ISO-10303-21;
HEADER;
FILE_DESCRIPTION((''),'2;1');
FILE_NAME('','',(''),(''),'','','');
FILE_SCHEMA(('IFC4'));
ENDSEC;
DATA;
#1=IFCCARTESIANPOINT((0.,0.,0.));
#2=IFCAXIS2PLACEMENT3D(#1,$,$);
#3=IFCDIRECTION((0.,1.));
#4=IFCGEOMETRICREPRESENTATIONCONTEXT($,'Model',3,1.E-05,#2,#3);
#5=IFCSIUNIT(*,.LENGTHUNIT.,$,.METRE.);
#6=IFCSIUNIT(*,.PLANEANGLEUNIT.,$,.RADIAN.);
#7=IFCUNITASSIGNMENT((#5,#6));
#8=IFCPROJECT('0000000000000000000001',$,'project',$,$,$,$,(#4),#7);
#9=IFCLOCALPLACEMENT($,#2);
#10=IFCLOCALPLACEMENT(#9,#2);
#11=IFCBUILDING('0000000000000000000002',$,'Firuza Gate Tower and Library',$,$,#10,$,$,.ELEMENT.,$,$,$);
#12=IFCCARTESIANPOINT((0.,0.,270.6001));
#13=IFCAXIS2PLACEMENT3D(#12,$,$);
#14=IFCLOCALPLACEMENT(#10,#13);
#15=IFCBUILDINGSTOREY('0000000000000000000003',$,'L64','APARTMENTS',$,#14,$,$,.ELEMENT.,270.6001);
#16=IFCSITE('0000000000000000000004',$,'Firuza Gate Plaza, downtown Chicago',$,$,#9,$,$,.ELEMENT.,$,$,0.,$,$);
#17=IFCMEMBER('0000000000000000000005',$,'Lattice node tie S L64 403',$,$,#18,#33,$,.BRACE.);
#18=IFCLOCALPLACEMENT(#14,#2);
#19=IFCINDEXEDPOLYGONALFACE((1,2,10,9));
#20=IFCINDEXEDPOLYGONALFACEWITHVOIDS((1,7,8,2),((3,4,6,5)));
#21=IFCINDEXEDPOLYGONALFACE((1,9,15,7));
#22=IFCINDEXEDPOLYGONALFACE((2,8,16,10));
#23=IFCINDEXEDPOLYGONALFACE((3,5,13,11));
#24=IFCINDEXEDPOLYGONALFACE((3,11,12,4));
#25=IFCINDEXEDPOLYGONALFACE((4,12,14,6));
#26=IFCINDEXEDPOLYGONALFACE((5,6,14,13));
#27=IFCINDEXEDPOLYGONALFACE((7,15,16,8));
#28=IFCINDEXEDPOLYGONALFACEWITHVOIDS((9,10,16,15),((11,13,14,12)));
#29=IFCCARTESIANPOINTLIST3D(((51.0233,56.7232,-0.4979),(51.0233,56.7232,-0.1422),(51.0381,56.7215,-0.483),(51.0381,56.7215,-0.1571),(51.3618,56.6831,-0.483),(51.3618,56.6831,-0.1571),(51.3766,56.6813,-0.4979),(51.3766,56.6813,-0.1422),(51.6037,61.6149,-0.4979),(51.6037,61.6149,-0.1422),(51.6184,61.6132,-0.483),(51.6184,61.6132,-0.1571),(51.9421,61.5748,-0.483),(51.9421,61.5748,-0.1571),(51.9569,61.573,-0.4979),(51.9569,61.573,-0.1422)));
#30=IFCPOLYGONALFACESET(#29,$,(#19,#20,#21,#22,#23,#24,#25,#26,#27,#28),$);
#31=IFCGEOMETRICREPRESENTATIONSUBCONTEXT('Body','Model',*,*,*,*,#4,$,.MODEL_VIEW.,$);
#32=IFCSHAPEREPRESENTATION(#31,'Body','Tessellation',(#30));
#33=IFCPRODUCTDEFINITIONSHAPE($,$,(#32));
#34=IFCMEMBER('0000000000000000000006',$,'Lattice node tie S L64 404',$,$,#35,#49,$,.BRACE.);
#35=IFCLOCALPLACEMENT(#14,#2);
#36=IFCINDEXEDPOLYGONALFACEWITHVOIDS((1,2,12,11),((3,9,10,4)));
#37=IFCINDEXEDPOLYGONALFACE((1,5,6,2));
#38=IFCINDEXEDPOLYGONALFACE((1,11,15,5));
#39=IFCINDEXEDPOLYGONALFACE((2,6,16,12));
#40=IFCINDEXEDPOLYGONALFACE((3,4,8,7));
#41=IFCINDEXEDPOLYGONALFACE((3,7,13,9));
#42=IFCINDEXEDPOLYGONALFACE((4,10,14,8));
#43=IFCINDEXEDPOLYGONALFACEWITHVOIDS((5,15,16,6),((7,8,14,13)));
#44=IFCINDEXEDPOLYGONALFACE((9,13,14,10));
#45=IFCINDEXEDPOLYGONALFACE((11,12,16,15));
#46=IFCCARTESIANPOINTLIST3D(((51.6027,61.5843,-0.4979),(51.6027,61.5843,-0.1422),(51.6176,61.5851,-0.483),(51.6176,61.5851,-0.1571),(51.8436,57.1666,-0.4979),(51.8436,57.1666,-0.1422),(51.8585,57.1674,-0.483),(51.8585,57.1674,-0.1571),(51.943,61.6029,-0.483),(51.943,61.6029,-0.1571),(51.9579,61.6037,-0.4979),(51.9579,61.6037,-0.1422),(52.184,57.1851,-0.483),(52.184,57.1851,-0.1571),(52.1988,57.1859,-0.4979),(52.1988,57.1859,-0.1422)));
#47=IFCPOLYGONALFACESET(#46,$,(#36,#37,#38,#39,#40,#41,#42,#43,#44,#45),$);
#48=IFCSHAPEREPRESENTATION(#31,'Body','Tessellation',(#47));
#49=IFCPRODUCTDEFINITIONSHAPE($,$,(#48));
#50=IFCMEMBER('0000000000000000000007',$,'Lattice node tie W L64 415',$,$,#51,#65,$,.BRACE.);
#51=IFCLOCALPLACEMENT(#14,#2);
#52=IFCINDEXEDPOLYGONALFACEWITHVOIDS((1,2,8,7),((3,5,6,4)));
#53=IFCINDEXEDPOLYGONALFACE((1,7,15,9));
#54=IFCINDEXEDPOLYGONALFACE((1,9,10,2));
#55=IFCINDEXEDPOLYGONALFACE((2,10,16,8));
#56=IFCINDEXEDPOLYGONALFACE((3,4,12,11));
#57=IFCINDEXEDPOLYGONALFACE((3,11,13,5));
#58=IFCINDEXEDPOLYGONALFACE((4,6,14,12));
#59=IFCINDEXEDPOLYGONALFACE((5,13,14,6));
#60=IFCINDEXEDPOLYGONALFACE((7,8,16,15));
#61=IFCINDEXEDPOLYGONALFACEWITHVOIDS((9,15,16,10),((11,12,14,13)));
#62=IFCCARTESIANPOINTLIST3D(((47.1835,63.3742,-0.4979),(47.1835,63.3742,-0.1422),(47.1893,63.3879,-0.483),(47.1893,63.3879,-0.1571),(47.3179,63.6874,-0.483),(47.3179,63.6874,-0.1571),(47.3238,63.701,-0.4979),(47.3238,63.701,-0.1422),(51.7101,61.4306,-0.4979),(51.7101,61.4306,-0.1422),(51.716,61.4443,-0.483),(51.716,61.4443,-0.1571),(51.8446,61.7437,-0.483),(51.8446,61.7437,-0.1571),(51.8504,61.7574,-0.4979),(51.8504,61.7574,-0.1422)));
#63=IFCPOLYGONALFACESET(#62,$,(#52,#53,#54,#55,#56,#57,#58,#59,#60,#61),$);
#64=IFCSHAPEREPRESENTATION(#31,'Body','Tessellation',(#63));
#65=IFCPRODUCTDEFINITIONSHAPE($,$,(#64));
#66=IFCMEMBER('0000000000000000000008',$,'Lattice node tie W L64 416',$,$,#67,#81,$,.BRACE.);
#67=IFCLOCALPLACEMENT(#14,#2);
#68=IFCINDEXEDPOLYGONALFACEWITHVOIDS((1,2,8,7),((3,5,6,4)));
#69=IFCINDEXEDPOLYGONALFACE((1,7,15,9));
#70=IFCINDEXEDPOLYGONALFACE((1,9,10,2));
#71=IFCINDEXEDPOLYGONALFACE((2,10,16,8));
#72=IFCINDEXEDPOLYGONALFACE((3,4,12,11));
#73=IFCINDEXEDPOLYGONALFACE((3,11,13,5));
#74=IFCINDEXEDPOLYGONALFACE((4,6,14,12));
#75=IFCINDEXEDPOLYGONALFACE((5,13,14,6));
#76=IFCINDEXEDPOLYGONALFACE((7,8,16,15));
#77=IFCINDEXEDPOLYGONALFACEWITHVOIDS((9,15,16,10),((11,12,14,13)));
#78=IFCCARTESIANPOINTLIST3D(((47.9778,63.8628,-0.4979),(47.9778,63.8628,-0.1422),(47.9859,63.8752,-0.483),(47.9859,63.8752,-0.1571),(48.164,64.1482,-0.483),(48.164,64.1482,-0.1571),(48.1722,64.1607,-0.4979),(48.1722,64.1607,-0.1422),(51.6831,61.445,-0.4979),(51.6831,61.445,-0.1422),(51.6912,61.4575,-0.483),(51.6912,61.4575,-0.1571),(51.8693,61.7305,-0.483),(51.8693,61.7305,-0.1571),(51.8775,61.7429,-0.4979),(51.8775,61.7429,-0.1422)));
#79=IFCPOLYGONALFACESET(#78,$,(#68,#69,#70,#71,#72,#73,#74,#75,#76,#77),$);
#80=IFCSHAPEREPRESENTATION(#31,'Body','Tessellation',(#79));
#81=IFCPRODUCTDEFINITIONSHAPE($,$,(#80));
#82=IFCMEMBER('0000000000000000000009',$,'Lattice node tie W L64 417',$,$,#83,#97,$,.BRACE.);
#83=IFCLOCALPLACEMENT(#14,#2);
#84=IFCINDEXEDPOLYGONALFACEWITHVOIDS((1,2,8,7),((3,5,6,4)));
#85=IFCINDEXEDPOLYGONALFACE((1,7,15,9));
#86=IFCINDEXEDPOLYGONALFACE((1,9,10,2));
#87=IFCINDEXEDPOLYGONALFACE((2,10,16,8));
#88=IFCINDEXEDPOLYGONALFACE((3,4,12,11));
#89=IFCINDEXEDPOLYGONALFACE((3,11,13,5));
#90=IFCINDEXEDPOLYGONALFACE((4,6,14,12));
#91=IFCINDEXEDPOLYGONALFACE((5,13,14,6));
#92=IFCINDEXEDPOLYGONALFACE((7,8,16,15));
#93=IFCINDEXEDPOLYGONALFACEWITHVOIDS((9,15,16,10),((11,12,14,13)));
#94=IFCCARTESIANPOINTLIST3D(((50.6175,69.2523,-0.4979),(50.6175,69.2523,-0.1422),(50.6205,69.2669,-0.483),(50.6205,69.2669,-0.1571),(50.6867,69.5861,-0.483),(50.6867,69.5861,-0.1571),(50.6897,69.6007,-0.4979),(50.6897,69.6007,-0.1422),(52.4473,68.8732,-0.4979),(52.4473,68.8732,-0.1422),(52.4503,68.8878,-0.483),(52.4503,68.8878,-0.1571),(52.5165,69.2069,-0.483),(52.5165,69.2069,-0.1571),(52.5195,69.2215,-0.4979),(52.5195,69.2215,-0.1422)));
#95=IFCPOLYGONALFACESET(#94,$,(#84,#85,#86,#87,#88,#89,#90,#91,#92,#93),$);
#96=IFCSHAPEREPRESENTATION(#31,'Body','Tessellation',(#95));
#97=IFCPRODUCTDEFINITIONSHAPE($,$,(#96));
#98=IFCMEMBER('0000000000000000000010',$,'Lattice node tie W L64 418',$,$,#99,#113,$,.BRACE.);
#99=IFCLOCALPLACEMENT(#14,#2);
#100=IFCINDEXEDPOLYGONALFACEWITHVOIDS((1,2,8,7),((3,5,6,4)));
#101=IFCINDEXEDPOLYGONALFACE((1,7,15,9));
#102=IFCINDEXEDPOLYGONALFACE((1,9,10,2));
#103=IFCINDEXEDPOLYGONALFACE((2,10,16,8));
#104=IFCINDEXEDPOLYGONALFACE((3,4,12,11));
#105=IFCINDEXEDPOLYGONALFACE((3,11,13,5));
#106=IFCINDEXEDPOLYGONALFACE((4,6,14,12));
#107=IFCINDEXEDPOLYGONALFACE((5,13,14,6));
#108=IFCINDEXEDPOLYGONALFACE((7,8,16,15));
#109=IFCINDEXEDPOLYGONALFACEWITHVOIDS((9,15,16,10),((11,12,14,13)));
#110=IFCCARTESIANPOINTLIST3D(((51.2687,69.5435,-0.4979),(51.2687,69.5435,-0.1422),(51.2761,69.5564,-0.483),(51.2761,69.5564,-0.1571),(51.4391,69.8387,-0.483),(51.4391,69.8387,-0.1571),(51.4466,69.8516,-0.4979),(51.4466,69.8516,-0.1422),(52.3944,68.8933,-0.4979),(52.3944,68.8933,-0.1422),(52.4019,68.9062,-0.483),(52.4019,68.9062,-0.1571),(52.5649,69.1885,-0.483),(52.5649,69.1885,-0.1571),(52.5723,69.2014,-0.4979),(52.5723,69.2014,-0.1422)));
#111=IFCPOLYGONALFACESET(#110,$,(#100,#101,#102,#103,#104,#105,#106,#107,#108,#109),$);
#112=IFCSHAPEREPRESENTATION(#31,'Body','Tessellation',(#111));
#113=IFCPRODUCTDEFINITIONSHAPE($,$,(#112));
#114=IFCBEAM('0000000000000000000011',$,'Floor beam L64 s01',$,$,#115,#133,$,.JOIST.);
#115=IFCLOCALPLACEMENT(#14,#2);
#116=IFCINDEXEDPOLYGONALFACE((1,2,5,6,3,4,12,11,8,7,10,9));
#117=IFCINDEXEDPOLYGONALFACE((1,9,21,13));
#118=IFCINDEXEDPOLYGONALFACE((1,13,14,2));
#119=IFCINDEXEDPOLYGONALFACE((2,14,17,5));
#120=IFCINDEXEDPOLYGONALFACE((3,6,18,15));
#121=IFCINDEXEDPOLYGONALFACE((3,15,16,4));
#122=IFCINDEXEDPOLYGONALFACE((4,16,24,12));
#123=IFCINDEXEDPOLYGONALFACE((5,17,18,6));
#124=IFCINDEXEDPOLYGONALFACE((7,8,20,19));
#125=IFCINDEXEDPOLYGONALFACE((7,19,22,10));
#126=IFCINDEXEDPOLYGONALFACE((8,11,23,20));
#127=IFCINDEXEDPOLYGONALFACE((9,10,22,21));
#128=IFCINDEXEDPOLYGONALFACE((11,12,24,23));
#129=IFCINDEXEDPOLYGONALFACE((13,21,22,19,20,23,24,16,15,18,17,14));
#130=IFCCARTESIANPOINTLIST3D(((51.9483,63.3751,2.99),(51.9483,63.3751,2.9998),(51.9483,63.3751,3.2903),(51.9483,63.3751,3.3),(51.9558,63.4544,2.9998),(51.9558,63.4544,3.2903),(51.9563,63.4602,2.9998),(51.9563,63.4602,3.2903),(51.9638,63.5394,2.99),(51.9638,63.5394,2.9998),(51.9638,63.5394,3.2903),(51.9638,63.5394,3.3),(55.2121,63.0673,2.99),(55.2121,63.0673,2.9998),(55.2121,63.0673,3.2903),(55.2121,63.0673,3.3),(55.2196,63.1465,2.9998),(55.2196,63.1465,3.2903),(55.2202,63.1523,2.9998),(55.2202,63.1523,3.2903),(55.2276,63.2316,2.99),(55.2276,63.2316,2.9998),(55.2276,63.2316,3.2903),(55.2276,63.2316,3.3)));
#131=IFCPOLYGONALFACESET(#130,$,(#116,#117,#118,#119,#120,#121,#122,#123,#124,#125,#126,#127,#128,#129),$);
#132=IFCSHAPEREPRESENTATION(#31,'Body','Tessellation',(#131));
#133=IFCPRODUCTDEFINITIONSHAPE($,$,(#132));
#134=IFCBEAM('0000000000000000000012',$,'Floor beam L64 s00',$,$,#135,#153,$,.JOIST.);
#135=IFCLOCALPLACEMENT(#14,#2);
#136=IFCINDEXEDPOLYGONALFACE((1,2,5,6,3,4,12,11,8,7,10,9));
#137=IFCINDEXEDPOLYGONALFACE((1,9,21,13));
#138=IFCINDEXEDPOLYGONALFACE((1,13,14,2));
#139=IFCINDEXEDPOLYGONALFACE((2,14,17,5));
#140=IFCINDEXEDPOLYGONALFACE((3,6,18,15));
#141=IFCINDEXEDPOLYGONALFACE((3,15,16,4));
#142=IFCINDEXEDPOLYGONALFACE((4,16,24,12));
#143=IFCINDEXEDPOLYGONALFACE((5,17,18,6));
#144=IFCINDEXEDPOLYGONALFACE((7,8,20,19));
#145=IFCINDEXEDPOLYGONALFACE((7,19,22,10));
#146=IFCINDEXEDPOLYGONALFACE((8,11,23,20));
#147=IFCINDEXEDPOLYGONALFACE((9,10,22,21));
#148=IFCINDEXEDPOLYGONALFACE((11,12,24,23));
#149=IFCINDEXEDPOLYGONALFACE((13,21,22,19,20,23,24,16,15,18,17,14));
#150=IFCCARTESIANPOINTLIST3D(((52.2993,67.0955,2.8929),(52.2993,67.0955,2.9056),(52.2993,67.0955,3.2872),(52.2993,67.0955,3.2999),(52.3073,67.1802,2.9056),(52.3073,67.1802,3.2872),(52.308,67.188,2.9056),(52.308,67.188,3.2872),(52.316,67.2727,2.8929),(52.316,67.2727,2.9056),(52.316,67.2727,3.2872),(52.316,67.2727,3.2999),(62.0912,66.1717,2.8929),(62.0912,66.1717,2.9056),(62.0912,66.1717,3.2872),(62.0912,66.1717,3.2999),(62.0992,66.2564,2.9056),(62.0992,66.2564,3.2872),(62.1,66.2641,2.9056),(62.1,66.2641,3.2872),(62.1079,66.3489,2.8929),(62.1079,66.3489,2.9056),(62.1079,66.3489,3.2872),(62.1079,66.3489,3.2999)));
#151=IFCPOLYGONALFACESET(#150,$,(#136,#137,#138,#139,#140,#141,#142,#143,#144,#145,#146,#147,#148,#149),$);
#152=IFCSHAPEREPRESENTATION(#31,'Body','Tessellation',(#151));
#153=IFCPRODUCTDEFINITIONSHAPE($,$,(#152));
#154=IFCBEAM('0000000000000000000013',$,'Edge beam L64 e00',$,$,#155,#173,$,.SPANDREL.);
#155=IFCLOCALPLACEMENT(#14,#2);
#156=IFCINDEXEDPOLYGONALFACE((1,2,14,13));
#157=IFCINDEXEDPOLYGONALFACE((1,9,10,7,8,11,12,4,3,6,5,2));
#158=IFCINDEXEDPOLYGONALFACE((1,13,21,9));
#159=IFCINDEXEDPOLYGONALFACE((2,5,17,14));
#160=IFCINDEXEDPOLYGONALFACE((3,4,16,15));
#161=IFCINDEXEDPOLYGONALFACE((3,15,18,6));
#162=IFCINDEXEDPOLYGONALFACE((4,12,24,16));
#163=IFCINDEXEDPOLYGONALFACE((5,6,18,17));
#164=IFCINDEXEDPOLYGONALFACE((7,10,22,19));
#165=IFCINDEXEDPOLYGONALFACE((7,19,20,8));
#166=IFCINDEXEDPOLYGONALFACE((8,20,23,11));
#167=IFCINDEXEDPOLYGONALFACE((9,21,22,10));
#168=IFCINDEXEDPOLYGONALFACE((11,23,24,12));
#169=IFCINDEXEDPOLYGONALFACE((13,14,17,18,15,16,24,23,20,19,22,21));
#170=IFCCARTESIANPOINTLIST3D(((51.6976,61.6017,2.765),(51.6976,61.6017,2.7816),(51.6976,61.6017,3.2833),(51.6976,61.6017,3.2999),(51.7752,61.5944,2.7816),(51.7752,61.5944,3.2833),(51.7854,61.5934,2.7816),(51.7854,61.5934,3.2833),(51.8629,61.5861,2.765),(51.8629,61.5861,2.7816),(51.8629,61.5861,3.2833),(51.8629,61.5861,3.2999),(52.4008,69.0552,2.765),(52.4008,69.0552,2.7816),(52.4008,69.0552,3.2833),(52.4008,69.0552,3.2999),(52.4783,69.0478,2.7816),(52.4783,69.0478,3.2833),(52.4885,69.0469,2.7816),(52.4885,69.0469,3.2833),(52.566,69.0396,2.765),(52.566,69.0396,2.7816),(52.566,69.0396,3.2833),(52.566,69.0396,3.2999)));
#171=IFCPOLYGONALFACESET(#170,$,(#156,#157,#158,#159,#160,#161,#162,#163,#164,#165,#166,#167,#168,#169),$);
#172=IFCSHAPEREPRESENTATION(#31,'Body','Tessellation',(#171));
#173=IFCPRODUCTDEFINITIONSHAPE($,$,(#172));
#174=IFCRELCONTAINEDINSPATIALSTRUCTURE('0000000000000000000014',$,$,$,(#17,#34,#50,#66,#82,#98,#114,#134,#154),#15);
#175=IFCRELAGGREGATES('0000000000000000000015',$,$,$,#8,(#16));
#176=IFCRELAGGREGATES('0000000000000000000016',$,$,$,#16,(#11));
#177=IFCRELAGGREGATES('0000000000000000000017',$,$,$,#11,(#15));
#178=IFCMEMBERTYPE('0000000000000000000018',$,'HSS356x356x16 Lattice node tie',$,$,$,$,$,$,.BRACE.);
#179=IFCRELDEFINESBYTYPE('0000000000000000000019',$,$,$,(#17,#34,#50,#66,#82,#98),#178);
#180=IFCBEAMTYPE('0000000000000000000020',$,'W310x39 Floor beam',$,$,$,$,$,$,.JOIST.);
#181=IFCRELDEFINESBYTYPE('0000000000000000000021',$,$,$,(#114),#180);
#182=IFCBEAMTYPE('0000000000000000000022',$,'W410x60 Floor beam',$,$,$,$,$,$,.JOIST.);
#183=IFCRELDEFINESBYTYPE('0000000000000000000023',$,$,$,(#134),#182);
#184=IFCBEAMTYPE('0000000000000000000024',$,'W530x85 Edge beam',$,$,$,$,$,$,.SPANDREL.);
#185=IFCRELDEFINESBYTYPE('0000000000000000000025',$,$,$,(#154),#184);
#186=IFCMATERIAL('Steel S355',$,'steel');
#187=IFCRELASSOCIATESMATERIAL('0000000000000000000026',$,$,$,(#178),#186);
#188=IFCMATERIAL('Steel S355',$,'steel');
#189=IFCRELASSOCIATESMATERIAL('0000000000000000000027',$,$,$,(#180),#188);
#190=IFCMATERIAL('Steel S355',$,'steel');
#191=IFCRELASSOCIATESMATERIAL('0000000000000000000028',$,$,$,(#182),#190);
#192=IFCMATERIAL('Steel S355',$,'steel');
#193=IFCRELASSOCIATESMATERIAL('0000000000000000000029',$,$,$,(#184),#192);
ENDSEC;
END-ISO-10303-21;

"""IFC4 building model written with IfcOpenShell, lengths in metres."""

from ifc_helpers import new_model, si_unit, direction, frame, origin, origin_2d, place, context, subcontext, project, spatial, hollow_rectangle, i_section, extrude, material, material_profile, profile_set, type_object, element, save


model = new_model("IFC4")

# Units and contexts
model_context = context("Model", 3, precision=1e-05, world=origin(), true_north=direction((0.0, 1.0)))
body_context = subcontext(model_context, "Body", "Model", "MODEL_VIEW")
ifc_project = project(units=[si_unit("LENGTHUNIT", "METRE"), si_unit("PLANEANGLEUNIT", "RADIAN")], contexts=[model_context])

# Site, building, storey
site_placement = place(None, origin())
site = spatial("IfcSite", under=ifc_project, at=site_placement, Name="Firuza Gate Plaza, downtown Chicago", CompositionType="ELEMENT", RefElevation=0.0)
building_placement = place(site_placement, origin())
building = spatial("IfcBuilding", under=site, at=building_placement, Name="Firuza Gate Tower and Library", CompositionType="ELEMENT")
storey_placement = place(building_placement, frame((0.0, 0.0, 270.6001)))
storey = spatial("IfcBuildingStorey", under=building, at=storey_placement, Name="L64", Description="APARTMENTS", CompositionType="ELEMENT", Elevation=270.6001)

# Members
ifc_material_1 = material(Name="Steel S355", Category="steel")
ifc_material_profile_1 = material_profile(ifc_material_1, hollow_rectangle(XDim=0.3557, YDim=0.3557, WallThickness=0.0149, at=origin_2d()))
ifc_profile_set_1 = profile_set([ifc_material_profile_1], Name="Steel S355")
member_type_1 = type_object("IfcMemberType", Name="HSS356x356x16 Lattice node tie", PredefinedType="BRACE", material=ifc_profile_set_1)
member_1_placement = place(storey_placement, frame((51.7803, 61.594, -0.3201), z_axis=(-0.117804, -0.993037, 0.0), x_axis=(0.993037, -0.117804, 0.0)))
element("IfcMember", 1, at=member_1_placement, inside=storey, type_object=member_type_1, Name="Lattice node tie S L64 403", PredefinedType="BRACE", context=body_context, shape_type="SweptSolid", body=[
    extrude(hollow_rectangle(XDim=0.3557, YDim=0.3557, WallThickness=0.0149, at=origin_2d()), origin(), (0.0, 0.0, 1.0), 4.926),
])
member_2_placement = place(storey_placement, frame((51.7803, 61.594, -0.3201), z_axis=(0.054464, -0.998516, 0.0), x_axis=(0.998516, 0.054464, 0.0)))
element("IfcMember", 2, at=member_2_placement, inside=storey, type_object=member_type_1, Name="Lattice node tie S L64 404", PredefinedType="BRACE", context=body_context, shape_type="SweptSolid", body=[
    extrude(hollow_rectangle(XDim=0.3557, YDim=0.3557, WallThickness=0.0149, at=origin_2d()), origin(), (0.0, 0.0, 1.0), 4.4243),
])
member_3_placement = place(storey_placement, frame((51.7803, 61.594, -0.3201), z_axis=(-0.918878, 0.394541, 0.0), x_axis=(-0.394541, -0.918878, 0.0)))
element("IfcMember", 3, at=member_3_placement, inside=storey, type_object=member_type_1, Name="Lattice node tie W L64 415", PredefinedType="BRACE", context=body_context, shape_type="SweptSolid", body=[
    extrude(hollow_rectangle(XDim=0.3557, YDim=0.3557, WallThickness=0.0149, at=origin_2d()), origin(), (0.0, 0.0, 1.0), 4.9263),
])
member_4_placement = place(storey_placement, frame((51.7803, 61.594, -0.3201), z_axis=(-0.837485, 0.54646, 0.0), x_axis=(-0.54646, -0.837485, 0.0)))
element("IfcMember", 4, at=member_4_placement, inside=storey, type_object=member_type_1, Name="Lattice node tie W L64 416", PredefinedType="BRACE", context=body_context, shape_type="SweptSolid", body=[
    extrude(hollow_rectangle(XDim=0.3557, YDim=0.3557, WallThickness=0.0149, at=origin_2d()), origin(), (0.0, 0.0, 1.0), 4.4243),
])
member_5_placement = place(storey_placement, frame((52.4834, 69.0474, -0.3201), z_axis=(-0.9792, 0.202895, 0.0), x_axis=(-0.202895, -0.9792, 0.0)))
element("IfcMember", 5, at=member_5_placement, inside=storey, type_object=member_type_1, Name="Lattice node tie W L64 417", PredefinedType="BRACE", context=body_context, shape_type="SweptSolid", body=[
    extrude(hollow_rectangle(XDim=0.3557, YDim=0.3557, WallThickness=0.0149, at=origin_2d()), origin(), (0.0, 0.0, 1.0), 1.8687),
])
member_6_placement = place(storey_placement, frame((52.4834, 69.0474, -0.3201), z_axis=(-0.865957, 0.500118, 0.0), x_axis=(-0.500118, -0.865957, 0.0)))
element("IfcMember", 6, at=member_6_placement, inside=storey, type_object=member_type_1, Name="Lattice node tie W L64 418", PredefinedType="BRACE", context=body_context, shape_type="SweptSolid", body=[
    extrude(hollow_rectangle(XDim=0.3557, YDim=0.3557, WallThickness=0.0149, at=origin_2d()), origin(), (0.0, 0.0, 1.0), 1.3),
])

# Beams
ifc_material_2 = material(Name="Steel S355", Category="steel")
ifc_material_profile_2 = material_profile(ifc_material_2, i_section(OverallWidth=0.165, OverallDepth=0.3101, WebThickness=0.0059, FlangeThickness=0.0098, at=origin_2d()))
ifc_profile_set_2 = profile_set([ifc_material_profile_2], Name="Steel S355")
beam_type_1 = type_object("IfcBeamType", Name="W310x39 Floor beam", PredefinedType="JOIST", material=ifc_profile_set_2)
beam_1_placement = place(storey_placement, frame((51.9561, 63.4573, 3.145), z_axis=(0.995581, -0.093906, 0.0), x_axis=(0.093906, 0.995581, 0.0)))
element("IfcBeam", 7, at=beam_1_placement, inside=storey, type_object=beam_type_1, Name="Floor beam L64 s01", PredefinedType="JOIST", context=body_context, shape_type="SweptSolid", body=[
    extrude(i_section(OverallWidth=0.165, OverallDepth=0.3101, WebThickness=0.0059, FlangeThickness=0.0098, at=origin_2d()), origin(), (0.0, 0.0, 1.0), 3.2783),
])
ifc_material_3 = material(Name="Steel S355", Category="steel")
ifc_material_profile_3 = material_profile(ifc_material_3, i_section(OverallWidth=0.178, OverallDepth=0.407, WebThickness=0.0078, FlangeThickness=0.0127, at=origin_2d()))
ifc_profile_set_3 = profile_set([ifc_material_profile_3], Name="Steel S355")
beam_type_2 = type_object("IfcBeamType", Name="W410x60 Floor beam", PredefinedType="JOIST", material=ifc_profile_set_3)
beam_2_placement = place(storey_placement, frame((52.3076, 67.1841, 3.0964), z_axis=(0.995579, -0.093928, 0.0), x_axis=(0.093928, 0.995579, 0.0)))
element("IfcBeam", 8, at=beam_2_placement, inside=storey, type_object=beam_type_2, Name="Floor beam L64 s00", PredefinedType="JOIST", context=body_context, shape_type="SweptSolid", body=[
    extrude(i_section(OverallWidth=0.178, OverallDepth=0.407, WebThickness=0.0078, FlangeThickness=0.0127, at=origin_2d()), origin(), (0.0, 0.0, 1.0), 9.8354),
])
ifc_material_4 = material(Name="Steel S355", Category="steel")
ifc_material_profile_4 = material_profile(ifc_material_4, i_section(OverallWidth=0.166, OverallDepth=0.5349, WebThickness=0.0103, FlangeThickness=0.0166, at=origin_2d()))
ifc_profile_set_4 = profile_set([ifc_material_profile_4], Name="Steel S355")
beam_type_3 = type_object("IfcBeamType", Name="W530x85 Edge beam", PredefinedType="SPANDREL", material=ifc_profile_set_4)
beam_3_placement = place(storey_placement, frame((52.4834, 69.0474, 3.0325), z_axis=(-0.09392, -0.99558, 0.0), x_axis=(0.99558, -0.09392, 0.0)))
element("IfcBeam", 9, at=beam_3_placement, inside=storey, type_object=beam_type_3, Name="Edge beam L64 e00", PredefinedType="SPANDREL", context=body_context, shape_type="SweptSolid", body=[
    extrude(i_section(OverallWidth=0.166, OverallDepth=0.5349, WebThickness=0.0103, FlangeThickness=0.0166, at=origin_2d()), origin(), (0.0, 0.0, 1.0), 7.4866),
])

save(model, "model.ifc")
